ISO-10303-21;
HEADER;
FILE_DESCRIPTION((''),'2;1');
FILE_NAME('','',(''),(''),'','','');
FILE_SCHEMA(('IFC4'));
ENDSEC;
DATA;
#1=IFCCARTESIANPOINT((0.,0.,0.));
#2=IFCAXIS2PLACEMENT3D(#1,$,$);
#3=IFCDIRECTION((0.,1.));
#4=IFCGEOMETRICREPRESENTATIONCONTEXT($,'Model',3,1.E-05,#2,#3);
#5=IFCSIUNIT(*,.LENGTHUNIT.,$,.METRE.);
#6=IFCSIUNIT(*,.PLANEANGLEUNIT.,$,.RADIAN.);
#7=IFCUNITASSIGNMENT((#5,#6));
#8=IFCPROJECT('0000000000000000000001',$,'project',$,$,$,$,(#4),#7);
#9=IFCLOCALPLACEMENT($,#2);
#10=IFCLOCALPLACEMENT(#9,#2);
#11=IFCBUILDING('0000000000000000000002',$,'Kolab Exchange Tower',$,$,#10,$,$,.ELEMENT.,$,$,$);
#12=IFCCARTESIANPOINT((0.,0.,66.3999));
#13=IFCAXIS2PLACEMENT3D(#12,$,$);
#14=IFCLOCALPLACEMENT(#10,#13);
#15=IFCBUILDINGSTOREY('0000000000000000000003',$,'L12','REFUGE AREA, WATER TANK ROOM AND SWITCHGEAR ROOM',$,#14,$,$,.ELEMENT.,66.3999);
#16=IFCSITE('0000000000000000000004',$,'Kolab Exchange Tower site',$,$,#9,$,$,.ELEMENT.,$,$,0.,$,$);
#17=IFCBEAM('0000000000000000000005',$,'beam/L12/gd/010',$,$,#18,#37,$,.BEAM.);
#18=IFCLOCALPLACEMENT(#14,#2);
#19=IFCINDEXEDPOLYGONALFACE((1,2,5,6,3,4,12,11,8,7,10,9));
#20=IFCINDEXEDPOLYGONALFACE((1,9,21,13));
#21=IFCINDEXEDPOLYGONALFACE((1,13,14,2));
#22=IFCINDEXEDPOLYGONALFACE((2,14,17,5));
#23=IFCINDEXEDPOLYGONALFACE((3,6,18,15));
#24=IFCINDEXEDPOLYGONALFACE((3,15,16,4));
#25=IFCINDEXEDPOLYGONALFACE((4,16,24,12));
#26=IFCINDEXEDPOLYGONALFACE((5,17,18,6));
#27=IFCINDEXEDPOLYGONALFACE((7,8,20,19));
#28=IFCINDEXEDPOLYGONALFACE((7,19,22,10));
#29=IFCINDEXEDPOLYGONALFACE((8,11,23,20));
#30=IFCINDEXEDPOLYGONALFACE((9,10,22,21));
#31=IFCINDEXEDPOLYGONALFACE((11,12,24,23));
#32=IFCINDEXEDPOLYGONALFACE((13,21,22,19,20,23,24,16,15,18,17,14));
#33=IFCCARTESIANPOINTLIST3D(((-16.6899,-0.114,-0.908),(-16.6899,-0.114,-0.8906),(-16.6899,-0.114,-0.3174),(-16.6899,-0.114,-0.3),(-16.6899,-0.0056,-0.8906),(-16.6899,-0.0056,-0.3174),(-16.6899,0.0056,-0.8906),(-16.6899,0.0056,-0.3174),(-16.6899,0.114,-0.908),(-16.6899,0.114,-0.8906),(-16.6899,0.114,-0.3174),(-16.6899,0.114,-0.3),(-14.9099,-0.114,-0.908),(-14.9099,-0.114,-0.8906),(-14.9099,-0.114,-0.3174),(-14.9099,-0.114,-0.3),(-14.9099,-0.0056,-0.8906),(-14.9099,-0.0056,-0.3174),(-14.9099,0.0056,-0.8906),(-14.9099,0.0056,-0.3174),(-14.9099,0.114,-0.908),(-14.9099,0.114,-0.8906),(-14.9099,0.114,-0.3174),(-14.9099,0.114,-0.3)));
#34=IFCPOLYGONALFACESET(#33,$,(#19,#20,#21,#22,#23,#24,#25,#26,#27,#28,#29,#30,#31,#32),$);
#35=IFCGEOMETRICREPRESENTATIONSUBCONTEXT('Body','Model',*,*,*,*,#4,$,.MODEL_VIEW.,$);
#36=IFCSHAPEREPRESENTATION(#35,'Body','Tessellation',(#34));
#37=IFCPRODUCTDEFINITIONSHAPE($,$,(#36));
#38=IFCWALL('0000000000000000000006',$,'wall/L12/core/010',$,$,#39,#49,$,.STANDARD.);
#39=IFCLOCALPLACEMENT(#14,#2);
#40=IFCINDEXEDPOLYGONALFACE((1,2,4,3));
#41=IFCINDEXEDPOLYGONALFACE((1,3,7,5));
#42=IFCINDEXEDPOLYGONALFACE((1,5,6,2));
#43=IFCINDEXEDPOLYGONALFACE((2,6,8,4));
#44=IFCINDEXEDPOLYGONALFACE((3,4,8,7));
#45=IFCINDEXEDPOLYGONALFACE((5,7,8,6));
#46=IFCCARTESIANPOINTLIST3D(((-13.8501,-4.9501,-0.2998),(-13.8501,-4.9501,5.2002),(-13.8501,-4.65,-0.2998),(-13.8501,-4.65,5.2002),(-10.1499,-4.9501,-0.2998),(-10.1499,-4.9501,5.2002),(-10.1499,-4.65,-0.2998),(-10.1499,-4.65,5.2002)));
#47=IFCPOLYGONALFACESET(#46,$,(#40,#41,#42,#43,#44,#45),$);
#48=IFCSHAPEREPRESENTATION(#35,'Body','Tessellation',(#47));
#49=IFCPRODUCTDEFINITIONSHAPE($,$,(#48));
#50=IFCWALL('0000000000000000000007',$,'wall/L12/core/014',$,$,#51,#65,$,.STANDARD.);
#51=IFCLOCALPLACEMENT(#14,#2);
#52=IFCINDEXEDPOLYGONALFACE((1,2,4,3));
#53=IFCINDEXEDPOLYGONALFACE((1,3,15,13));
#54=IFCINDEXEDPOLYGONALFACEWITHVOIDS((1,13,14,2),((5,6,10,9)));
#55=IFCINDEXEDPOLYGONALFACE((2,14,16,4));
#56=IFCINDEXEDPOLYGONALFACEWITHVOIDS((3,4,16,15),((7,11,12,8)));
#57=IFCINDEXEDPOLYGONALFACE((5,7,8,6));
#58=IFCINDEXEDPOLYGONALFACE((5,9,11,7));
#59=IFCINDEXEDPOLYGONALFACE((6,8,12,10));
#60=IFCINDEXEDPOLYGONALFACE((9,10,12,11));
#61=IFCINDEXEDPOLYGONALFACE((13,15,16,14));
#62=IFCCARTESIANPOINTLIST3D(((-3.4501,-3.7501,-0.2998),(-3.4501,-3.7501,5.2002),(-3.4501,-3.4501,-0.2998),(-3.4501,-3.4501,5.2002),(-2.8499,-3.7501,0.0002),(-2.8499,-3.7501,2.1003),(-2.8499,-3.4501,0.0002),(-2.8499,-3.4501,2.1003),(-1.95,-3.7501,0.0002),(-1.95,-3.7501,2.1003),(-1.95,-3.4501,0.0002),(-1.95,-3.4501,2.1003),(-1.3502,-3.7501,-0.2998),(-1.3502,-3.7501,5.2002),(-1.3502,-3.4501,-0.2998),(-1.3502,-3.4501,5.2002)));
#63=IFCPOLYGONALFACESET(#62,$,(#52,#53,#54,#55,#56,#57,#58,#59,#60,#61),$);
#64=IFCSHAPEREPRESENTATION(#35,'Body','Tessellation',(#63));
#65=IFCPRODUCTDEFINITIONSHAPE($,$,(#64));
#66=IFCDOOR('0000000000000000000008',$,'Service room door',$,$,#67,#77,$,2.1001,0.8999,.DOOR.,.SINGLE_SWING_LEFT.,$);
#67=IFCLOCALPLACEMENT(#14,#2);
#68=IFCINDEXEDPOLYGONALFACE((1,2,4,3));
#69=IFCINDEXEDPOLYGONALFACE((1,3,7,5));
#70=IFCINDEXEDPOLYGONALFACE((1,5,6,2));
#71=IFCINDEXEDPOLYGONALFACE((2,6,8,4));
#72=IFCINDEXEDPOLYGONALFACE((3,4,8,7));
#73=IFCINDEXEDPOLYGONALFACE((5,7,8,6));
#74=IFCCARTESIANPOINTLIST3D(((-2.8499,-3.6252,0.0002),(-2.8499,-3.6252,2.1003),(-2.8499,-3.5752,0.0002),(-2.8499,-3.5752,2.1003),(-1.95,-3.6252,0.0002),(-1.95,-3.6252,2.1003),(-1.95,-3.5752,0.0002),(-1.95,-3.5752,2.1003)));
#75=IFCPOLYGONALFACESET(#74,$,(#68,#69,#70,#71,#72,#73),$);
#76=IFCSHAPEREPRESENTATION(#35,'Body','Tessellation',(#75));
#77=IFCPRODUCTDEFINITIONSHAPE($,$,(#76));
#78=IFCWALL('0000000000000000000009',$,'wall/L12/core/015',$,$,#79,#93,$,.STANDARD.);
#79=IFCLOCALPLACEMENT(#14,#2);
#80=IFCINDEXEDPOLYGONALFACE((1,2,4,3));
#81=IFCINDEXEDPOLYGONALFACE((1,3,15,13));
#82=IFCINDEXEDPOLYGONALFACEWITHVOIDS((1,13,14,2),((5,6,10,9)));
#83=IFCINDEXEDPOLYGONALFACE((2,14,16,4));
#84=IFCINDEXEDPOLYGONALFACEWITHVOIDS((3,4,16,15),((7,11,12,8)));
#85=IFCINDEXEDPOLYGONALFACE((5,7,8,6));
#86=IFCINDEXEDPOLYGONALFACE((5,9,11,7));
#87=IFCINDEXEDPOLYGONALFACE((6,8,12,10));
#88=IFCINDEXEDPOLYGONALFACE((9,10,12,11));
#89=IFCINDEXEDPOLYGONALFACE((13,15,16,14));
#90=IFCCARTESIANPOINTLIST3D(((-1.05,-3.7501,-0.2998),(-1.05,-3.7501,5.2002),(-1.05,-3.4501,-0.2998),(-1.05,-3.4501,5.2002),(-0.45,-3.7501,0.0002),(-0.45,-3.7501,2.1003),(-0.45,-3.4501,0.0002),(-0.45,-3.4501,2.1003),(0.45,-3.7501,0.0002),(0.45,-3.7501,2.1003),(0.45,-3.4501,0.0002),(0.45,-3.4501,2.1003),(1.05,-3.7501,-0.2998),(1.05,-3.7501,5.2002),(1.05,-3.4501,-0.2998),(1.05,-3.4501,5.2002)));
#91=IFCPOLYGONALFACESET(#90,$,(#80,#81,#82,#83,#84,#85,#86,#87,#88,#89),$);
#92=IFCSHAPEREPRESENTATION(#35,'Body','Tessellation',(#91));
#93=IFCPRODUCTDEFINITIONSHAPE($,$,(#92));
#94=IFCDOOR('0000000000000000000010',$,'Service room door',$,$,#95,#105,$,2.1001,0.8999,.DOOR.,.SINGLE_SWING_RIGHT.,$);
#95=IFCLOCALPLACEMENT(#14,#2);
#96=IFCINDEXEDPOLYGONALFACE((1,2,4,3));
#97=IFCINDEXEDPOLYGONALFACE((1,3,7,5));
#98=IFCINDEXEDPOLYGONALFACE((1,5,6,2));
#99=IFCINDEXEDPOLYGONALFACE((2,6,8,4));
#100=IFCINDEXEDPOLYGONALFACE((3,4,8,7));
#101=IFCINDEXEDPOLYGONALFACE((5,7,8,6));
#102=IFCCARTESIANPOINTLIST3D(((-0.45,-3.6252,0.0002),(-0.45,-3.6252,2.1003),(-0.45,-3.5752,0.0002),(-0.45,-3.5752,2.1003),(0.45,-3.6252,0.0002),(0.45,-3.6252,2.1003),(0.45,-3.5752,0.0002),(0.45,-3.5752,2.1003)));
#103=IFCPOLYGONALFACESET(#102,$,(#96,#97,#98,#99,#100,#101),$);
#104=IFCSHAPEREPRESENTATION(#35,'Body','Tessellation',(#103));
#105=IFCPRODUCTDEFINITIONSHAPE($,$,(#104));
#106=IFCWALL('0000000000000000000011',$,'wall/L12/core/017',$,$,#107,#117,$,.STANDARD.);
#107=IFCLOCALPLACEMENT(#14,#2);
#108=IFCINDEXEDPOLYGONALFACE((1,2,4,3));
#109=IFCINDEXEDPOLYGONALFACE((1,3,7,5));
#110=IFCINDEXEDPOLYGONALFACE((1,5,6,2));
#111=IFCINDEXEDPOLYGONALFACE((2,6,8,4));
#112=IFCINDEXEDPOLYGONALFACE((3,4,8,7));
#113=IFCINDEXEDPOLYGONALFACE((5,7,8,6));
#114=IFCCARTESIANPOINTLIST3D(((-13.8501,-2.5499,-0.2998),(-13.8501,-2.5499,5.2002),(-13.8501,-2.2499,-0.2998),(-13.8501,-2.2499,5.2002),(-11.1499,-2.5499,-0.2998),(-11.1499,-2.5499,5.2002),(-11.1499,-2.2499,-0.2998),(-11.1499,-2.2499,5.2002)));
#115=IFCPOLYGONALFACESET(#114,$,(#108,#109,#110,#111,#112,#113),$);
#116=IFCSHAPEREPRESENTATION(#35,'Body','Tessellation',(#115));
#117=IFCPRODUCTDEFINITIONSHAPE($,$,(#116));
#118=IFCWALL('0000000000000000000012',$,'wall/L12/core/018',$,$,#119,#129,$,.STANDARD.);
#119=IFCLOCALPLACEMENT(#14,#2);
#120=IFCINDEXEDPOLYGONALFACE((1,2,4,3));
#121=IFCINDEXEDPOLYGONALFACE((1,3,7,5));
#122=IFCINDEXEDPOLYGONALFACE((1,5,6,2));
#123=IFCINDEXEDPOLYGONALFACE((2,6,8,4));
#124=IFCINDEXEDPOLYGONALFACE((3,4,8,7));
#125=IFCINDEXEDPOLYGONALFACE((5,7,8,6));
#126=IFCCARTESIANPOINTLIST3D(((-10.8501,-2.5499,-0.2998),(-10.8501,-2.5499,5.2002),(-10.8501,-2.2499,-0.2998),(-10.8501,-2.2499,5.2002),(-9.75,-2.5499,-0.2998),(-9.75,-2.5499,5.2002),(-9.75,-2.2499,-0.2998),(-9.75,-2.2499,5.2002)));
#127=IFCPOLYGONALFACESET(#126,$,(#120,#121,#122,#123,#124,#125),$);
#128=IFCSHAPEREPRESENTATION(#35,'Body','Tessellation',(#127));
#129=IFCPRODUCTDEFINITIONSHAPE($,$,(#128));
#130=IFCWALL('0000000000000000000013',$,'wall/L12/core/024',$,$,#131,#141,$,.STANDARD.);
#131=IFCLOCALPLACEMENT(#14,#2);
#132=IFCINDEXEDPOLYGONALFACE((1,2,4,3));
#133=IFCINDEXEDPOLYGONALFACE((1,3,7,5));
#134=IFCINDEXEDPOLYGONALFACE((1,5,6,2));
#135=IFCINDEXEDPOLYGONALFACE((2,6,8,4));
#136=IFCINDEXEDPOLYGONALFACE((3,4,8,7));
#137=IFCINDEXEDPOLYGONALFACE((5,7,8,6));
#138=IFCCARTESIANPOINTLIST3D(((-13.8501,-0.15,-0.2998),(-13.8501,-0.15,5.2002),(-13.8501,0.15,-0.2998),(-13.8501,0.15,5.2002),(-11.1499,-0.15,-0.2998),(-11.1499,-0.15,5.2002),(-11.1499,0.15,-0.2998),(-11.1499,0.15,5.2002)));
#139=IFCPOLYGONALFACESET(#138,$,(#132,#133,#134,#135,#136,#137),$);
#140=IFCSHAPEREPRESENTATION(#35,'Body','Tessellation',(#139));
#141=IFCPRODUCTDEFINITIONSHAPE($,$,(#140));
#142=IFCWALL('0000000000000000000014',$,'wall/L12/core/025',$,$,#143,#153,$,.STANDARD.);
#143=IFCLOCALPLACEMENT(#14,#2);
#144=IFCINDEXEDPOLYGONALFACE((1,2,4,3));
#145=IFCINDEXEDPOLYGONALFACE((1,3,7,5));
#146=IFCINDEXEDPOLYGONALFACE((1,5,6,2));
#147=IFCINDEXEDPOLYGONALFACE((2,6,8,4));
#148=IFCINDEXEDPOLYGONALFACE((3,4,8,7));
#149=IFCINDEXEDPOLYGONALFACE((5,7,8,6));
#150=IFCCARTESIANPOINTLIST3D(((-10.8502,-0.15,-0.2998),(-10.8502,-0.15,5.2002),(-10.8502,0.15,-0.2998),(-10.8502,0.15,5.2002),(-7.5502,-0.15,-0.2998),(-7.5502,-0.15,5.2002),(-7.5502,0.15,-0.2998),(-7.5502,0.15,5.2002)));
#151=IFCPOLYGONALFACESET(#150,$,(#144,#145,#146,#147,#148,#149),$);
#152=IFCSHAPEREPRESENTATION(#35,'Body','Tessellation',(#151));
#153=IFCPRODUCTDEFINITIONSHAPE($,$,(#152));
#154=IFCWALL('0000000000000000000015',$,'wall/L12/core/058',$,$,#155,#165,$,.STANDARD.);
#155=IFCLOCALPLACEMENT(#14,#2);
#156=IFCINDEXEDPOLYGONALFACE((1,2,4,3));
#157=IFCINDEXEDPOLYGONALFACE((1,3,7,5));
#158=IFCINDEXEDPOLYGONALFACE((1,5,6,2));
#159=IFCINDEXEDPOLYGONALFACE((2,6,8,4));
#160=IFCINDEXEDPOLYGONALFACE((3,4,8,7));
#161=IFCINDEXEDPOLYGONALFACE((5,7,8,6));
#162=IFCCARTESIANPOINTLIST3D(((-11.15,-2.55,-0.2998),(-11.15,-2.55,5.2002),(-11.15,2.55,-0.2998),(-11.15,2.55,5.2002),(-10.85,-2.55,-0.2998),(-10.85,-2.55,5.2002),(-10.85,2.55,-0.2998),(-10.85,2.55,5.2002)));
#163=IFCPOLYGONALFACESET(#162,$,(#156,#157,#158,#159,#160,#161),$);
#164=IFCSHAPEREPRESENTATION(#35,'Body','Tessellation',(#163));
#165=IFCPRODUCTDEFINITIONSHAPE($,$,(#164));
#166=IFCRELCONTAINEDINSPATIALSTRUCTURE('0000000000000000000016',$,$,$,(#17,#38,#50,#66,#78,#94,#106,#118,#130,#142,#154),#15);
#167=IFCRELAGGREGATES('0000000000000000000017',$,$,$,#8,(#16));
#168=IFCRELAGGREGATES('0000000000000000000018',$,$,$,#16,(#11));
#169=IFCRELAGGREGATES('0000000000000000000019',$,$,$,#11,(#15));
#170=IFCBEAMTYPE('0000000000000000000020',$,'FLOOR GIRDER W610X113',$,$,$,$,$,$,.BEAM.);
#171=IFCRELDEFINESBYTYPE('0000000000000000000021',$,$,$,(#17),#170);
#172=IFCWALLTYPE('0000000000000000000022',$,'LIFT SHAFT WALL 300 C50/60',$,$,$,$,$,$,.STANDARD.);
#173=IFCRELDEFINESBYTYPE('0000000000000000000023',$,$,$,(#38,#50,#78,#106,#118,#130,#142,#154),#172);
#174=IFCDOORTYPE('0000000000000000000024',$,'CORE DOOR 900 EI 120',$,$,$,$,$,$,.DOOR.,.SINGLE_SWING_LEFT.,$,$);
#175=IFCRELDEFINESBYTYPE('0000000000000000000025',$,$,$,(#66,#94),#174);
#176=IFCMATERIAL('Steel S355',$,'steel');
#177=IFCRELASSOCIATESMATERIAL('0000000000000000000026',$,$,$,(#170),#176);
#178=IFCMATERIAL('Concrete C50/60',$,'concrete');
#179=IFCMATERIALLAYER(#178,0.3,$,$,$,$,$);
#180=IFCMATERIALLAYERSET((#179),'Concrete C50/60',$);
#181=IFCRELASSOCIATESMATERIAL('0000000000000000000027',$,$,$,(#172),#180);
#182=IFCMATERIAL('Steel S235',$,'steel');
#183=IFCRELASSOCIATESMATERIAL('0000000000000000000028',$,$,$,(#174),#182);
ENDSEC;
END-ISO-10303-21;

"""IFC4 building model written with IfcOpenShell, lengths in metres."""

from ifc_helpers import new_model, si_unit, direction, frame, frame_2d, origin, origin_2d, place, context, subcontext, project, spatial, rectangle, i_section, extrude, material, layer, layer_set, material_profile, profile_set, type_object, element, fill, save


model = new_model("IFC4")

# Units and contexts
model_context = context("Model", 3, precision=1e-05, world=origin(), true_north=direction((0.0, 1.0)))
body_context = subcontext(model_context, "Body", "Model", "MODEL_VIEW")
ifc_project = project(units=[si_unit("LENGTHUNIT", "METRE"), si_unit("PLANEANGLEUNIT", "RADIAN")], contexts=[model_context])

# Site, building, storey
site_placement = place(None, origin())
site = spatial("IfcSite", under=ifc_project, at=site_placement, Name="Kolab Exchange Tower site", CompositionType="ELEMENT", RefElevation=0.0)
building_placement = place(site_placement, origin())
building = spatial("IfcBuilding", under=site, at=building_placement, Name="Kolab Exchange Tower", CompositionType="ELEMENT")
storey_placement = place(building_placement, frame((0.0, 0.0, 66.3999)))
storey = spatial("IfcBuildingStorey", under=building, at=storey_placement, Name="L12", Description="REFUGE AREA, WATER TANK ROOM AND SWITCHGEAR ROOM", CompositionType="ELEMENT", Elevation=66.3999)

# Beam
ifc_material_1 = material(Name="Steel S355", Category="steel")
ifc_material_profile = material_profile(ifc_material_1, i_section(OverallWidth=0.228, OverallDepth=0.6079, WebThickness=0.0112, FlangeThickness=0.0173, at=origin_2d()), Name="W610X113")
ifc_profile_set = profile_set([ifc_material_profile], Name="Steel S355")
beam_type = type_object("IfcBeamType", Name="FLOOR GIRDER W610X113", PredefinedType="BEAM", material=ifc_profile_set)
beam_placement = place(storey_placement, frame((-16.6899, 0.0, -0.604), z_axis=(1.0, 0.0, 0.0), x_axis=(0.0, 1.0, 0.0)))
element("IfcBeam", 1, at=beam_placement, inside=storey, type_object=beam_type, Name="beam/L12/gd/010", PredefinedType="BEAM", context=body_context, shape_type="SweptSolid", body=[
    extrude(i_section(OverallWidth=0.228, OverallDepth=0.6079, WebThickness=0.0112, FlangeThickness=0.0173, at=origin_2d()), origin(), (0.0, 0.0, 1.0), 1.78),
])

# Wall
ifc_material_2 = material(Name="Concrete C50/60", Category="concrete")
ifc_layer_1 = layer(ifc_material_2, 0.3)
ifc_layer_set_1 = layer_set([ifc_layer_1], Name="Concrete C50/60")
wall_type_1 = type_object("IfcWallType", Name="LIFT SHAFT WALL 300 C50/60", PredefinedType="STANDARD", material=ifc_layer_set_1)
wall_1_placement = place(storey_placement, frame((-13.8501, -4.8, -0.2998), z_axis=(0.0, 0.0, 1.0), x_axis=(1.0, 0.0, 0.0)))
element("IfcWall", 2, at=wall_1_placement, inside=storey, type_object=wall_type_1, Name="wall/L12/core/010", PredefinedType="STANDARD", context=body_context, shape_type="SweptSolid", body=[
    extrude(rectangle(XDim=3.7002, YDim=0.3, at=frame_2d((1.8501, 0.0))), origin(), (0.0, 0.0, 1.0), 5.5),
])

# Walls, openings, doors
wall_2_placement = place(storey_placement, frame((-3.45, -3.6001, -0.2998), z_axis=(0.0, 0.0, 1.0), x_axis=(1.0, 0.0, 0.0)))
wall_2 = element("IfcWall", 3, at=wall_2_placement, inside=storey, type_object=wall_type_1, Name="wall/L12/core/014", PredefinedType="STANDARD", context=body_context, shape_type="SweptSolid", body=[
    extrude(rectangle(XDim=2.0999, YDim=0.3, at=frame_2d((1.0498, 0.0))), origin(), (0.0, 0.0, 1.0), 5.5),
])
opening_1_placement = place(wall_2_placement, frame((0.6001, 0.0, 0.3)))
opening_1 = element("IfcOpeningElement", 4, at=opening_1_placement, cuts=wall_2, PredefinedType="OPENING", context=body_context, shape_type="SweptSolid", body=[
    extrude(rectangle(XDim=0.8999, YDim=2.1001, at=frame_2d((0.45, 1.05))), frame((0.0, 0.1602, 0.0), z_axis=(0.0, -1.0, 0.0), x_axis=(1.0, 0.0, 0.0)), (0.0, 0.0, 1.0), 0.3201),
])
ifc_material_3 = material(Name="Steel S235", Category="steel")
door_type_1 = type_object("IfcDoorType", Name="CORE DOOR 900 EI 120", OperationType="SINGLE_SWING_LEFT", PredefinedType="DOOR", material=ifc_material_3)
door_1_placement = place(opening_1_placement, origin())
door_1 = element("IfcDoor", 5, at=door_1_placement, inside=storey, type_object=door_type_1, Name="Service room door", OperationType="SINGLE_SWING_LEFT", OverallHeight=2.1001, OverallWidth=0.8999, PredefinedType="DOOR", context=body_context, shape_type="SweptSolid", body=[
    extrude(rectangle(XDim=0.8999, YDim=2.1001, at=frame_2d((0.45, 1.05))), frame((0.0, 0.0249, 0.0), z_axis=(0.0, -1.0, 0.0), x_axis=(1.0, 0.0, 0.0)), (0.0, 0.0, 1.0), 0.05),
])
fill(opening_1, door_1)
wall_3_placement = place(storey_placement, frame((-1.05, -3.6001, -0.2998), z_axis=(0.0, 0.0, 1.0), x_axis=(1.0, 0.0, 0.0)))
wall_3 = element("IfcWall", 6, at=wall_3_placement, inside=storey, type_object=wall_type_1, Name="wall/L12/core/015", PredefinedType="STANDARD", context=body_context, shape_type="SweptSolid", body=[
    extrude(rectangle(XDim=2.1001, YDim=0.3, at=frame_2d((1.05, 0.0))), origin(), (0.0, 0.0, 1.0), 5.5),
])
opening_2_placement = place(wall_3_placement, frame((0.6001, 0.0, 0.3)))
opening_2 = element("IfcOpeningElement", 7, at=opening_2_placement, cuts=wall_3, PredefinedType="OPENING", context=body_context, shape_type="SweptSolid", body=[
    extrude(rectangle(XDim=0.8999, YDim=2.1001, at=frame_2d((0.45, 1.05))), frame((0.0, 0.1602, 0.0), z_axis=(0.0, -1.0, 0.0), x_axis=(1.0, 0.0, 0.0)), (0.0, 0.0, 1.0), 0.3201),
])
door_2_placement = place(opening_2_placement, origin())
door_2 = element("IfcDoor", 8, at=door_2_placement, inside=storey, type_object=door_type_1, Name="Service room door", OperationType="SINGLE_SWING_RIGHT", OverallHeight=2.1001, OverallWidth=0.8999, PredefinedType="DOOR", context=body_context, shape_type="SweptSolid", body=[
    extrude(rectangle(XDim=0.8999, YDim=2.1001, at=frame_2d((0.45, 1.05))), frame((0.0, 0.0249, 0.0), z_axis=(0.0, -1.0, 0.0), x_axis=(1.0, 0.0, 0.0)), (0.0, 0.0, 1.0), 0.05),
])
fill(opening_2, door_2)

# Walls
wall_4_placement = place(storey_placement, frame((-13.8501, -2.3999, -0.2998), z_axis=(0.0, 0.0, 1.0), x_axis=(1.0, 0.0, 0.0)))
element("IfcWall", 9, at=wall_4_placement, inside=storey, type_object=wall_type_1, Name="wall/L12/core/017", PredefinedType="STANDARD", context=body_context, shape_type="SweptSolid", body=[
    extrude(rectangle(XDim=2.7002, YDim=0.3, at=frame_2d((1.3501, 0.0))), origin(), (0.0, 0.0, 1.0), 5.5),
])
wall_5_placement = place(storey_placement, frame((-10.8501, -2.3999, -0.2998), z_axis=(0.0, 0.0, 1.0), x_axis=(1.0, 0.0, 0.0)))
element("IfcWall", 10, at=wall_5_placement, inside=storey, type_object=wall_type_1, Name="wall/L12/core/018", PredefinedType="STANDARD", context=body_context, shape_type="SweptSolid", body=[
    extrude(rectangle(XDim=1.1001, YDim=0.3, at=frame_2d((0.55, 0.0))), origin(), (0.0, 0.0, 1.0), 5.5),
])
wall_6_placement = place(storey_placement, frame((-13.8501, 0.0, -0.2998), z_axis=(0.0, 0.0, 1.0), x_axis=(1.0, 0.0, 0.0)))
element("IfcWall", 11, at=wall_6_placement, inside=storey, type_object=wall_type_1, Name="wall/L12/core/024", PredefinedType="STANDARD", context=body_context, shape_type="SweptSolid", body=[
    extrude(rectangle(XDim=2.7002, YDim=0.3, at=frame_2d((1.3501, 0.0))), origin(), (0.0, 0.0, 1.0), 5.5),
])
wall_7_placement = place(storey_placement, frame((-10.8501, 0.0, -0.2998), z_axis=(0.0, 0.0, 1.0), x_axis=(1.0, 0.0, 0.0)))
element("IfcWall", 12, at=wall_7_placement, inside=storey, type_object=wall_type_1, Name="wall/L12/core/025", PredefinedType="STANDARD", context=body_context, shape_type="SweptSolid", body=[
    extrude(rectangle(XDim=3.3, YDim=0.3, at=frame_2d((1.6499, 0.0))), origin(), (0.0, 0.0, 1.0), 5.5),
])
wall_8_placement = place(storey_placement, frame((-11.0, -2.55, -0.2998), z_axis=(0.0, 0.0, 1.0), x_axis=(0.0, 1.0, 0.0)))
element("IfcWall", 13, at=wall_8_placement, inside=storey, type_object=wall_type_1, Name="wall/L12/core/058", PredefinedType="STANDARD", context=body_context, shape_type="SweptSolid", body=[
    extrude(rectangle(XDim=5.1001, YDim=0.3, at=frame_2d((2.55, 0.0))), origin(), (0.0, 0.0, 1.0), 5.5),
])

save(model, "model.ifc")
